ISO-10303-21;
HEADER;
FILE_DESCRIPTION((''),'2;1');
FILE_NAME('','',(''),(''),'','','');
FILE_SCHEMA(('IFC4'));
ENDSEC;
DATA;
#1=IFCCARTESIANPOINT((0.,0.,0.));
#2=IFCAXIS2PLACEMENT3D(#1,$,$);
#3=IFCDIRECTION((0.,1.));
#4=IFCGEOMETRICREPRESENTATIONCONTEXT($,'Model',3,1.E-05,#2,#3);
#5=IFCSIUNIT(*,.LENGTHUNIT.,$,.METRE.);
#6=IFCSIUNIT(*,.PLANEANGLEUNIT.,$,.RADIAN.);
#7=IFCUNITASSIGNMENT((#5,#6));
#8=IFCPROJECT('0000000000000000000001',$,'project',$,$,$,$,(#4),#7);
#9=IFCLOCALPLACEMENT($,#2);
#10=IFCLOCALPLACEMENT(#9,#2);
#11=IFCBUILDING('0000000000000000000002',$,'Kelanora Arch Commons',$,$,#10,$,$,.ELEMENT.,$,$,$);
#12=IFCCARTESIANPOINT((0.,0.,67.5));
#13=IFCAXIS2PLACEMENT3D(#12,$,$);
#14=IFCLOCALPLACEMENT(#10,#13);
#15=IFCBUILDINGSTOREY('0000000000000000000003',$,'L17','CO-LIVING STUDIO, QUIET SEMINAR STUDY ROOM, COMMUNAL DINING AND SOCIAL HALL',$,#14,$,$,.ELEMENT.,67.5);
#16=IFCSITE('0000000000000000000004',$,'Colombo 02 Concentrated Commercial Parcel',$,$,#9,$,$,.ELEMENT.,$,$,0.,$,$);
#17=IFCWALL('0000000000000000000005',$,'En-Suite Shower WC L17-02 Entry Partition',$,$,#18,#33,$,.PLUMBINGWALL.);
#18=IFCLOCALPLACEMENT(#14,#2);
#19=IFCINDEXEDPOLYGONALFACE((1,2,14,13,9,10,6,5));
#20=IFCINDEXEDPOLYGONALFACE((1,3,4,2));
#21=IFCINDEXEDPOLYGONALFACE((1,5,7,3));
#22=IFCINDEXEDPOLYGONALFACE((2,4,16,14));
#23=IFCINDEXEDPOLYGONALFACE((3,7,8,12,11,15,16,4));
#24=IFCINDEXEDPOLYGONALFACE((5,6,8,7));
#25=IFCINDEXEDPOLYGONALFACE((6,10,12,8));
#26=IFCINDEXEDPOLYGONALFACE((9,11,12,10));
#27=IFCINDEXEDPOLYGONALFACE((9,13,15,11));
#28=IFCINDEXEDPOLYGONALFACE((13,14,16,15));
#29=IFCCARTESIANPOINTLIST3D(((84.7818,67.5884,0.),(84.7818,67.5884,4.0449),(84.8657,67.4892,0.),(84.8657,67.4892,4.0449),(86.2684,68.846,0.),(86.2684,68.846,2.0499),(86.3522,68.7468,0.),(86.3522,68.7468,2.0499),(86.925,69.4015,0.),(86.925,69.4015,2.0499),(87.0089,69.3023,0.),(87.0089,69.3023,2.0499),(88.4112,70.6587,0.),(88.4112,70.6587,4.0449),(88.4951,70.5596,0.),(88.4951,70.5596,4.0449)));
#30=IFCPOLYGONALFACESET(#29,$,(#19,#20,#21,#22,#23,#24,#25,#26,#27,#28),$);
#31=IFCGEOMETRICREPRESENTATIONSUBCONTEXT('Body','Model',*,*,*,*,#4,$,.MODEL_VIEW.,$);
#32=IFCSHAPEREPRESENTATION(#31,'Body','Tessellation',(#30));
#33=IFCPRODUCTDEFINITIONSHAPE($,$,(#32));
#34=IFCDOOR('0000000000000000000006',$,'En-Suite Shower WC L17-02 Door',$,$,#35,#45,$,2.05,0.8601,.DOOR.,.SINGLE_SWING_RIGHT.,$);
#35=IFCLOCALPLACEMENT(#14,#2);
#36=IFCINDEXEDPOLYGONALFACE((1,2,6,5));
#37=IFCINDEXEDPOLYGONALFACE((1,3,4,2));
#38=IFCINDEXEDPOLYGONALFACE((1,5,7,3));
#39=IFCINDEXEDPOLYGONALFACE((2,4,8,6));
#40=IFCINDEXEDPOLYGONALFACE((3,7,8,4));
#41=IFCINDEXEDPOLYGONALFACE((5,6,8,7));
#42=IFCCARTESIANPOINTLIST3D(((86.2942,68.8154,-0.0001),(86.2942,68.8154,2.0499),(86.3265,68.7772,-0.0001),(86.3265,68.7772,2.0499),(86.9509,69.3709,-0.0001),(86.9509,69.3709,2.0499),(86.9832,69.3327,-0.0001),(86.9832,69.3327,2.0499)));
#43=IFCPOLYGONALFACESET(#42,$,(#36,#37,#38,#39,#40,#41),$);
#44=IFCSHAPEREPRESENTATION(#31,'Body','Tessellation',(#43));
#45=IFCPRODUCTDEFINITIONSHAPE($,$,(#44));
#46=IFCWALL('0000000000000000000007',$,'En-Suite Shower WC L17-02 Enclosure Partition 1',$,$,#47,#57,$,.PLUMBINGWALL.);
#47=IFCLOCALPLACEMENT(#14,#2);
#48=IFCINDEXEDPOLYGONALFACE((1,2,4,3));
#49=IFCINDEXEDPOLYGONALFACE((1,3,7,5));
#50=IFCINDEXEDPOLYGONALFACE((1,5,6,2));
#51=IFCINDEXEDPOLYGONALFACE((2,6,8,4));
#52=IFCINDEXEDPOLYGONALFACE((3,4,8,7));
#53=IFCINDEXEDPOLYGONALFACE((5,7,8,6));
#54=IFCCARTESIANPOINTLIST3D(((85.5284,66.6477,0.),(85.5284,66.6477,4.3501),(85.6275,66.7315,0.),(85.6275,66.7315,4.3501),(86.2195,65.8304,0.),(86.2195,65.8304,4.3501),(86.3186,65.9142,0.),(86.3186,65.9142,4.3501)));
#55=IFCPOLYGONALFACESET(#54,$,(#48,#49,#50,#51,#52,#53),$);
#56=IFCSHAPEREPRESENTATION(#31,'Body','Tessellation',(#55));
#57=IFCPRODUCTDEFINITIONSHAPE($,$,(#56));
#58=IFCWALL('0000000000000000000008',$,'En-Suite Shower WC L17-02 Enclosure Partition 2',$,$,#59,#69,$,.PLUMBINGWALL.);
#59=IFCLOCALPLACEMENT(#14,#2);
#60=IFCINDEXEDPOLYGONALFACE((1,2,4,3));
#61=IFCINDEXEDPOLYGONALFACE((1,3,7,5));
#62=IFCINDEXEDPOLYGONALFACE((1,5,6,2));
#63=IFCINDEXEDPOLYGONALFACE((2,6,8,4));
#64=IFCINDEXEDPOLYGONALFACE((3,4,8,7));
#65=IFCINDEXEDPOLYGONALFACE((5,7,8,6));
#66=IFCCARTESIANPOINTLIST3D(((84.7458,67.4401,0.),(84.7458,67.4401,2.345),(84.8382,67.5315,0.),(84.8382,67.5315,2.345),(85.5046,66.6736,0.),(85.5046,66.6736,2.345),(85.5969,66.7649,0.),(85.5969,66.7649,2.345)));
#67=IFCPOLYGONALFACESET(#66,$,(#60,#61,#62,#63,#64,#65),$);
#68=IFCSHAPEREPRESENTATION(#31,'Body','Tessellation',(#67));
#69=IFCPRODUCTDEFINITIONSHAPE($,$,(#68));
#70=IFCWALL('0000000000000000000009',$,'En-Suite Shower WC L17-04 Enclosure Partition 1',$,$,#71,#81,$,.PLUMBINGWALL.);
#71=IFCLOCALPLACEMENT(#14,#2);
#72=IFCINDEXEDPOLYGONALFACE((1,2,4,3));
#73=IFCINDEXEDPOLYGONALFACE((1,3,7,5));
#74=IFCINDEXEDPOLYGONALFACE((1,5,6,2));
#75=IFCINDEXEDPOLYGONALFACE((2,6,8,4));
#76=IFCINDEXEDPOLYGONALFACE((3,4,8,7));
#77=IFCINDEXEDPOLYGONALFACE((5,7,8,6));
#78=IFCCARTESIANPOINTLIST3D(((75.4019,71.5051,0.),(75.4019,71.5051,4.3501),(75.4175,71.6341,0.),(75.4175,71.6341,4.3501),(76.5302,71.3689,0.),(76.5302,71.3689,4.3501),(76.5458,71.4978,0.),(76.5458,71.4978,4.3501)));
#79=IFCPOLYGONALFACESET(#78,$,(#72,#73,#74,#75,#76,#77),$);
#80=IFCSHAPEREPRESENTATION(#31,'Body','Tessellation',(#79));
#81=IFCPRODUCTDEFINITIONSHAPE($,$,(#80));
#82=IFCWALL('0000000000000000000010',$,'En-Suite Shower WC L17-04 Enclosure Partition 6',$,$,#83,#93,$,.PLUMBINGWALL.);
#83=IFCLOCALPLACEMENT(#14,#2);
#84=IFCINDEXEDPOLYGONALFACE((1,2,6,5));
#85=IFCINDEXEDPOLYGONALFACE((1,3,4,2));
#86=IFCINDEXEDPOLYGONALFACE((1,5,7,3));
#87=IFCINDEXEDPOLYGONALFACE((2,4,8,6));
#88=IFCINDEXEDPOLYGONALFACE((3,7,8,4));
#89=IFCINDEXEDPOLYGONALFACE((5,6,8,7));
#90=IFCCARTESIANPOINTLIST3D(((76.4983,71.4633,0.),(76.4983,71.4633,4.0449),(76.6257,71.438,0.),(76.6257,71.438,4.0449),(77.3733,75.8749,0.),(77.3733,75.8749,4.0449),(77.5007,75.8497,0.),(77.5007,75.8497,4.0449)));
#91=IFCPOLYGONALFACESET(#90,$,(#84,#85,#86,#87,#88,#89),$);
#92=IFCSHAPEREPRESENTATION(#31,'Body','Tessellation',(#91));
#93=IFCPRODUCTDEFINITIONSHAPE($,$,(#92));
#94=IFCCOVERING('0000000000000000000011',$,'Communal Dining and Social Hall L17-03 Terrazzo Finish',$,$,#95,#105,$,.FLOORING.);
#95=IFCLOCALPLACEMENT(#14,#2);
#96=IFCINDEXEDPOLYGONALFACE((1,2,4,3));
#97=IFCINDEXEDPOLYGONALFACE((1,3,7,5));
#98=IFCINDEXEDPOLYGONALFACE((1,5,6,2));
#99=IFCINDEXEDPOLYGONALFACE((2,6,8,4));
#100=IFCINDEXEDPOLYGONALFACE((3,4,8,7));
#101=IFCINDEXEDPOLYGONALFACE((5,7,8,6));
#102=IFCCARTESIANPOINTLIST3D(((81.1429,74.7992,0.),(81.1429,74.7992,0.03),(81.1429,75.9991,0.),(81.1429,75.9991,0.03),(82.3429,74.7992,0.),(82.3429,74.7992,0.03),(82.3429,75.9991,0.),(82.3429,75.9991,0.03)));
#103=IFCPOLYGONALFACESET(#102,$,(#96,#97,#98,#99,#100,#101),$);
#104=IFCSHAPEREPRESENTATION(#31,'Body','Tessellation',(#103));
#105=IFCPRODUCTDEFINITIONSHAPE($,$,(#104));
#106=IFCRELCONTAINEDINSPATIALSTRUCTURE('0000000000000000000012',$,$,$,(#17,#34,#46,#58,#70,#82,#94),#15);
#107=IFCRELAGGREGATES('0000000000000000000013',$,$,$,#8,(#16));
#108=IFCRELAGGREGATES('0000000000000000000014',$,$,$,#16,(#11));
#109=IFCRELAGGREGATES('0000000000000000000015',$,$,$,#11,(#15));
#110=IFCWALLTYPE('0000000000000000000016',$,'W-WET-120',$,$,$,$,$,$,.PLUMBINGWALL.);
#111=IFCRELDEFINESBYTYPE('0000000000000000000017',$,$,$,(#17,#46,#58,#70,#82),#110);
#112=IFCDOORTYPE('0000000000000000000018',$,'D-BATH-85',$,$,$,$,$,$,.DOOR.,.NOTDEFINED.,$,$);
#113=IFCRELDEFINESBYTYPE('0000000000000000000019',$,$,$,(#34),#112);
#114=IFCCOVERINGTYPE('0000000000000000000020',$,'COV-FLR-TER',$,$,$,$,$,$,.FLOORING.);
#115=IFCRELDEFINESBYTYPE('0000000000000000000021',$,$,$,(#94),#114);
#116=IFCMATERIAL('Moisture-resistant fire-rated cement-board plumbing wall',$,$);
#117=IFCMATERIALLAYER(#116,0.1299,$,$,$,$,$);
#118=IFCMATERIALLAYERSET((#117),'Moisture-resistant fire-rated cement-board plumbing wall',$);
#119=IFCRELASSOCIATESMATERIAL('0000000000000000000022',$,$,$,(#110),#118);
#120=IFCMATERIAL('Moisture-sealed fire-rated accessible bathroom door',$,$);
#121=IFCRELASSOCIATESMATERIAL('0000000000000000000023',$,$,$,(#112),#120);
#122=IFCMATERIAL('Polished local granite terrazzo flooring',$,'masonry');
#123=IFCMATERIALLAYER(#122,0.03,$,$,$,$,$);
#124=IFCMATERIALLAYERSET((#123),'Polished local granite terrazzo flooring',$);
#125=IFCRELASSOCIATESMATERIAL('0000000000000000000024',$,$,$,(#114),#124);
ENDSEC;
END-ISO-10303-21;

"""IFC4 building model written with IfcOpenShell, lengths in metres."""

from ifc_helpers import new_model, si_unit, direction, frame, frame_2d, origin, origin_2d, place, context, subcontext, project, spatial, rectangle, extrude, source, transform, mapped, material, layer, layer_set, type_object, element, fill, save


model = new_model("IFC4")

# Units and contexts
model_context = context("Model", 3, precision=1e-05, world=origin(), true_north=direction((0.0, 1.0)))
body_context = subcontext(model_context, "Body", "Model", "MODEL_VIEW")
ifc_project = project(units=[si_unit("LENGTHUNIT", "METRE"), si_unit("PLANEANGLEUNIT", "RADIAN")], contexts=[model_context])

# Site, building, storey
site_placement = place(None, origin())
site = spatial("IfcSite", under=ifc_project, at=site_placement, Name="Colombo 02 Concentrated Commercial Parcel", CompositionType="ELEMENT", RefElevation=0.0)
building_placement = place(site_placement, origin())
building = spatial("IfcBuilding", under=site, at=building_placement, Name="Kelanora Arch Commons", CompositionType="ELEMENT")
storey_placement = place(building_placement, frame((0.0, 0.0, 67.5)))
storey = spatial("IfcBuildingStorey", under=building, at=storey_placement, Name="L17", Description="CO-LIVING STUDIO, QUIET SEMINAR STUDY ROOM, COMMUNAL DINING AND SOCIAL HALL", CompositionType="ELEMENT", Elevation=67.5)

# Wall, opening, door
ifc_material_1 = material(Name="Moisture-resistant fire-rated cement-board plumbing wall")
ifc_layer_1 = layer(ifc_material_1, 0.1299)
ifc_layer_set_1 = layer_set([ifc_layer_1], Name="Moisture-resistant fire-rated cement-board plumbing wall")
wall_type_1 = type_object("IfcWallType", Name="W-WET-120", PredefinedType="PLUMBINGWALL", material=ifc_layer_set_1)
wall_1_placement = place(storey_placement, frame((84.8237, 67.5388, 0.0), z_axis=(0.0, 0.0, 1.0), x_axis=(0.76346, 0.645855, 0.0)))
wall_1 = element("IfcWall", 1, at=wall_1_placement, inside=storey, type_object=wall_type_1, Name="En-Suite Shower WC L17-02 Entry Partition", PredefinedType="PLUMBINGWALL", context=body_context, shape_type="SweptSolid", body=[
    extrude(rectangle(XDim=4.7539, YDim=0.1299, at=frame_2d((2.377, 0.0))), origin(), (0.0, 0.0, 1.0), 4.0449),
])
opening_1_placement = place(wall_1_placement, frame((1.947, 0.0, 0.0)))
opening_1 = element("IfcOpeningElement", 2, at=opening_1_placement, cuts=wall_1, PredefinedType="OPENING", context=body_context, shape_type="SweptSolid", body=[
    extrude(rectangle(XDim=0.8601, YDim=2.05, at=frame_2d((0.4302, 1.0249))), frame((0.0, 0.075, 0.0), z_axis=(0.0, -1.0, 0.0), x_axis=(1.0, 0.0, 0.0)), (0.0, 0.0, 1.0), 0.1499),
])
ifc_material_2 = material(Name="Moisture-sealed fire-rated accessible bathroom door")
door_type_1 = type_object("IfcDoorType", Name="D-BATH-85", OperationType="NOTDEFINED", PredefinedType="DOOR", material=ifc_material_2)
door_1_placement = place(opening_1_placement, origin())
door_1 = element("IfcDoor", 3, at=door_1_placement, inside=storey, type_object=door_type_1, Name="En-Suite Shower WC L17-02 Door", OperationType="SINGLE_SWING_RIGHT", OverallHeight=2.05, OverallWidth=0.8601, PredefinedType="DOOR", context=body_context, shape_type="SweptSolid", body=[
    extrude(rectangle(XDim=0.8601, YDim=2.05, at=frame_2d((0.4302, 1.0249))), frame((0.0, 0.0249, 0.0), z_axis=(0.0, -1.0, 0.0), x_axis=(1.0, 0.0, 0.0)), (0.0, 0.0, 1.0), 0.05),
])
fill(opening_1, door_1)

# Walls
wall_2_placement = place(storey_placement, frame((86.269, 65.8723, 0.0), z_axis=(0.0, 0.0, 1.0), x_axis=(-0.645687, 0.763603, 0.0)))
element("IfcWall", 4, at=wall_2_placement, inside=storey, type_object=wall_type_1, Name="En-Suite Shower WC L17-02 Enclosure Partition 1", PredefinedType="PLUMBINGWALL", context=body_context, shape_type="SweptSolid", body=[
    extrude(rectangle(XDim=1.0703, YDim=0.1299, at=frame_2d((0.5352, 0.0))), origin(), (0.0, 0.0, 1.0), 4.3501),
])
wall_3_placement = place(storey_placement, frame((85.5508, 66.7192, 0.0), z_axis=(0.0, 0.0, 1.0), x_axis=(-0.703476, 0.710719, 0.0)))
element("IfcWall", 5, at=wall_3_placement, inside=storey, type_object=wall_type_1, Name="En-Suite Shower WC L17-02 Enclosure Partition 2", PredefinedType="PLUMBINGWALL", context=body_context, shape_type="SweptSolid", body=[
    extrude(rectangle(XDim=1.0786, YDim=0.1299, at=frame_2d((0.5393, 0.0))), origin(), (0.0, 0.0, 1.0), 2.345),
])
wall_4_placement = place(storey_placement, frame((76.5381, 71.4333, 0.0), z_axis=(0.0, 0.0, 1.0), x_axis=(-0.992788, 0.119882, 0.0)))
element("IfcWall", 6, at=wall_4_placement, inside=storey, type_object=wall_type_1, Name="En-Suite Shower WC L17-04 Enclosure Partition 1", PredefinedType="PLUMBINGWALL", context=body_context, shape_type="SweptSolid", body=[
    extrude(rectangle(XDim=1.1365, YDim=0.1299, at=frame_2d((0.5684, 0.0))), origin(), (0.0, 0.0, 1.0), 4.3501),
])
wall_5_placement = place(storey_placement, frame((77.437, 75.8623, 0.0), z_axis=(0.0, 0.0, 1.0), x_axis=(-0.19455, -0.980893, 0.0)))
element("IfcWall", 7, at=wall_5_placement, inside=storey, type_object=wall_type_1, Name="En-Suite Shower WC L17-04 Enclosure Partition 6", PredefinedType="PLUMBINGWALL", context=body_context, shape_type="SweptSolid", body=[
    extrude(rectangle(XDim=4.4976, YDim=0.1299, at=frame_2d((2.2488, 0.0))), origin(), (0.0, 0.0, 1.0), 4.0449),
])

# Covering
ifc_material_3 = material(Name="Polished local granite terrazzo flooring", Category="masonry")
ifc_layer_2 = layer(ifc_material_3, 0.03)
ifc_layer_set_2 = layer_set([ifc_layer_2], Name="Polished local granite terrazzo flooring")
covering_type = type_object("IfcCoveringType", Name="COV-FLR-TER", PredefinedType="FLOORING", material=ifc_layer_set_2)
shared_shape = source(origin(), body_context, "Body", "SweptSolid", [
    extrude(rectangle(XDim=1.2, YDim=1.2, at=origin_2d()), origin(), (0.0, 0.0, 1.0), 0.03),
])
covering_placement = place(storey_placement, frame((81.7429, 75.3992, 0.0), z_axis=(0.0, 0.0, 1.0), x_axis=(1.0, 0.0, 0.0)))
element("IfcCovering", 8, at=covering_placement, inside=storey, type_object=covering_type, Name="Communal Dining and Social Hall L17-03 Terrazzo Finish", PredefinedType="FLOORING", context=body_context, shape_type="MappedRepresentation", body=[
    mapped(shared_shape, transform((0.0, 0.0, 0.0), scale=1.0)),
])

save(model, "model.ifc")
